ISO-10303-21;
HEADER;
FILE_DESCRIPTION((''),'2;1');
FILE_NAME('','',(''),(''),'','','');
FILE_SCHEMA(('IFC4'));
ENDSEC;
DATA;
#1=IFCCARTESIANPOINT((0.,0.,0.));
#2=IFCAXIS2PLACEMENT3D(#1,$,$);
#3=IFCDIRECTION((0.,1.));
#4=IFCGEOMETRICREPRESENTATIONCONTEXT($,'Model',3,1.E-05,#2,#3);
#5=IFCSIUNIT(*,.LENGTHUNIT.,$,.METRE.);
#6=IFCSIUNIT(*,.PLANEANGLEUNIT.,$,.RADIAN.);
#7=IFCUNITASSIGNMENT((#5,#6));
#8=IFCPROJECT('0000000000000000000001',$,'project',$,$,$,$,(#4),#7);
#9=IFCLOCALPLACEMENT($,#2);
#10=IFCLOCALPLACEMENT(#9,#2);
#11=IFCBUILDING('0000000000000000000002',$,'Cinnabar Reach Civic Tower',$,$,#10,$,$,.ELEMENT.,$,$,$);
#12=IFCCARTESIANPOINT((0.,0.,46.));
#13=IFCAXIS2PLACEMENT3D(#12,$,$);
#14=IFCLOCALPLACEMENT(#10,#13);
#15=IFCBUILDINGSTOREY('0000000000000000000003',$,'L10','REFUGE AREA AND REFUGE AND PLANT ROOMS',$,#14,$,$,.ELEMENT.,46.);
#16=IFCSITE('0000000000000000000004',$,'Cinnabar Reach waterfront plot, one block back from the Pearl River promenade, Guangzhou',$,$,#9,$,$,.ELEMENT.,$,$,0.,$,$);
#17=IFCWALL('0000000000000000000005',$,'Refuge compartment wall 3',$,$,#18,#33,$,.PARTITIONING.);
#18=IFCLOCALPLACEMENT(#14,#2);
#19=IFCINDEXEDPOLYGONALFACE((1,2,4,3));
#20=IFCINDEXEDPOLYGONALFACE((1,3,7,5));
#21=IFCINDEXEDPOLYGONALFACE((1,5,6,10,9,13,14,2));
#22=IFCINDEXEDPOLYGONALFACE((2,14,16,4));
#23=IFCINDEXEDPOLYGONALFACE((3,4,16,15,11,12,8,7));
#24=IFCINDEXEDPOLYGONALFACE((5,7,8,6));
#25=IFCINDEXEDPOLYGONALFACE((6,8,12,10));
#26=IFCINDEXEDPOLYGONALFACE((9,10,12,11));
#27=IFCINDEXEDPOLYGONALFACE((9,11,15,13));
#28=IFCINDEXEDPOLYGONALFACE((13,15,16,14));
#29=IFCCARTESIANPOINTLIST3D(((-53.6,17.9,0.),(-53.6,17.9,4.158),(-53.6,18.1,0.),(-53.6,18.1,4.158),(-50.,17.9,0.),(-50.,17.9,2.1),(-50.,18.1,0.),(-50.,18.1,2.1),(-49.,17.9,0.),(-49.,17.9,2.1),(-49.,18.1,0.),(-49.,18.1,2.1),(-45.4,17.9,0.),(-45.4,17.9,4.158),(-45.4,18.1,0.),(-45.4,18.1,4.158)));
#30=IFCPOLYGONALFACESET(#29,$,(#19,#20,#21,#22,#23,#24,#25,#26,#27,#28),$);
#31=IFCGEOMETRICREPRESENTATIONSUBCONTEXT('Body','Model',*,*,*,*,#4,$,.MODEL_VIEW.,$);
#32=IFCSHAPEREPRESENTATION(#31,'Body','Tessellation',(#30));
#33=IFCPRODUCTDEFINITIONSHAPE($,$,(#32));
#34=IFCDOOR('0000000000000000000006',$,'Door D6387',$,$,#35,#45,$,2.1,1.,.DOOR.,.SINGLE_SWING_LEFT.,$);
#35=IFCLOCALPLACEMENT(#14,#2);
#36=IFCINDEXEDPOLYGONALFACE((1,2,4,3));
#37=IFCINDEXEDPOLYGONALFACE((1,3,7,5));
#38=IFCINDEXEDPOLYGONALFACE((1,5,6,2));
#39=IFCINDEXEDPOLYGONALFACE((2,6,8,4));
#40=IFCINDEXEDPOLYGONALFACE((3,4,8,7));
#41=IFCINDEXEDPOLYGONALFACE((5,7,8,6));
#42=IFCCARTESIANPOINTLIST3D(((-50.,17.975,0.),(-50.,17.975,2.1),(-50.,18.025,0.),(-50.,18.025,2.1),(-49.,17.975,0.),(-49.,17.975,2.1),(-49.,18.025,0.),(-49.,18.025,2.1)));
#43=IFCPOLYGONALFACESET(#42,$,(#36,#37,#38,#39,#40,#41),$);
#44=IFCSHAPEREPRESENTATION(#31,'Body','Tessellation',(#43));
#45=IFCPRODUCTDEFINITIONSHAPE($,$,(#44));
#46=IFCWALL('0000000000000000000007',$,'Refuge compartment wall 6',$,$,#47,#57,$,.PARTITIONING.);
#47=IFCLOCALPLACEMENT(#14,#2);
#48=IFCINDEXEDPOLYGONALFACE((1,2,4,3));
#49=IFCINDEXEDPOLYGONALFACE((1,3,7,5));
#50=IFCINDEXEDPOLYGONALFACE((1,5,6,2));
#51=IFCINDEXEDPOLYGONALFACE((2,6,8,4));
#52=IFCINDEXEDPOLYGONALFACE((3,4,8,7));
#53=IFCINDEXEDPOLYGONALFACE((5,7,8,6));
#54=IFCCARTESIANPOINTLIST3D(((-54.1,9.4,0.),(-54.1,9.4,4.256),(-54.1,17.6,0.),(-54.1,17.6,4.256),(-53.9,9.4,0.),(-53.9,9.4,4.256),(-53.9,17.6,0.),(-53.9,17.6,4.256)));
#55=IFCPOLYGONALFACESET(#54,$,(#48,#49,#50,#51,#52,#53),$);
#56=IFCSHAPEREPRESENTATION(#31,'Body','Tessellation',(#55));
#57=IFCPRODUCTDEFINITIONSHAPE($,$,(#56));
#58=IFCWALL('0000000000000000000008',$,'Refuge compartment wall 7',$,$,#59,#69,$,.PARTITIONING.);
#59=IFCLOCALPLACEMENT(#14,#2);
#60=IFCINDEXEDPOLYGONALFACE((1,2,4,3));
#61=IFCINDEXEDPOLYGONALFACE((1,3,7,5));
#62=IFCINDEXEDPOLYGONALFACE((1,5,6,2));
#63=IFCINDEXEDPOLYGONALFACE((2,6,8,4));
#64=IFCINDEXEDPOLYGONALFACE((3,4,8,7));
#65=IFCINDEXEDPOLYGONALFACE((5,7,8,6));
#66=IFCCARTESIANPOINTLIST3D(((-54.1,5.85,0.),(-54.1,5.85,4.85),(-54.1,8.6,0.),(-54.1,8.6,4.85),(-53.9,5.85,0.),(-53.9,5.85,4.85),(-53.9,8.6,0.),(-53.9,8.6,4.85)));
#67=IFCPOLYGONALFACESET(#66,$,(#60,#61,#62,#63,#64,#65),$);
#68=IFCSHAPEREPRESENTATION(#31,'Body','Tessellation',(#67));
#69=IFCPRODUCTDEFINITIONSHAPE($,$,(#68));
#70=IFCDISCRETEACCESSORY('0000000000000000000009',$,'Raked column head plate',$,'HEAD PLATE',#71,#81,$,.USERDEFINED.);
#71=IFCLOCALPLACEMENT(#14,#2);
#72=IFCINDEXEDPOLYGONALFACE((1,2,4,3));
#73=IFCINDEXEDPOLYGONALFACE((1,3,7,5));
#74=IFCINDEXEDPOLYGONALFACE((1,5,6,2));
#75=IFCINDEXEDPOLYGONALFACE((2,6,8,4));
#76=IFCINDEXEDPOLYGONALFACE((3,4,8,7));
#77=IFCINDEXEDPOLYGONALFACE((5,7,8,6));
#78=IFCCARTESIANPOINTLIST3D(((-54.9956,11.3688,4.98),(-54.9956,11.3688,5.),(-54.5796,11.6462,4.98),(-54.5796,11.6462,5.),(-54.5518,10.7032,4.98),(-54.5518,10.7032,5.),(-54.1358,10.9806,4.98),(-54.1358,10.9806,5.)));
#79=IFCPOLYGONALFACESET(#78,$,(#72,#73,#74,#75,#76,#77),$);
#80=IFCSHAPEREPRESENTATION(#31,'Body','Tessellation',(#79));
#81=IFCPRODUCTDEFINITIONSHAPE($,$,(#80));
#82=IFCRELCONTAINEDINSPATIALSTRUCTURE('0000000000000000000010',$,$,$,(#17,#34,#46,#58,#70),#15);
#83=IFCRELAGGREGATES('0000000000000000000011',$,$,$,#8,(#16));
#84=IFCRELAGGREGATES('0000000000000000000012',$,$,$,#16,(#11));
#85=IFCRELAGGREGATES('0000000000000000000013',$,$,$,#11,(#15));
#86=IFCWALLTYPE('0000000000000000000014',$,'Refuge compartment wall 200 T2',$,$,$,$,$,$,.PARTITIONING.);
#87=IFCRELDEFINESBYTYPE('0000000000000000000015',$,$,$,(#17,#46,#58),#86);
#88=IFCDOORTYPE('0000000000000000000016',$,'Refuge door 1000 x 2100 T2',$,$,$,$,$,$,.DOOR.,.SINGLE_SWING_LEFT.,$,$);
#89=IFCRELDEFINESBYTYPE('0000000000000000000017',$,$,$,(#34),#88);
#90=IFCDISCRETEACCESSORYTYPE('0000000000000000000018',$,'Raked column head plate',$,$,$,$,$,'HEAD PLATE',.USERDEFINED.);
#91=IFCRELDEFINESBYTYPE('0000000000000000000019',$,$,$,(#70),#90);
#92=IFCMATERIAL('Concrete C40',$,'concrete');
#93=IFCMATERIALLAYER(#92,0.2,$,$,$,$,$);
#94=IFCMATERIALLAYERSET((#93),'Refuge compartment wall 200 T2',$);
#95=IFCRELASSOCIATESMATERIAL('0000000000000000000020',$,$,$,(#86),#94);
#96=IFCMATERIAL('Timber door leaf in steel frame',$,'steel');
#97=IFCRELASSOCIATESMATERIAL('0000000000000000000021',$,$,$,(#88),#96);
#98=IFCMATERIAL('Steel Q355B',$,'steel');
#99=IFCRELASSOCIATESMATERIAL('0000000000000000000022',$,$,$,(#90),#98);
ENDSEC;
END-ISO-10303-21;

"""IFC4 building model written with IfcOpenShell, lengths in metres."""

from ifc_helpers import new_model, si_unit, direction, frame, frame_2d, origin, origin_2d, place, context, subcontext, project, spatial, rectangle, extrude, material, layer, layer_set, type_object, element, fill, save


model = new_model("IFC4")

# Units and contexts
model_context = context("Model", 3, precision=1e-05, world=origin(), true_north=direction((0.0, 1.0)))
body_context = subcontext(model_context, "Body", "Model", "MODEL_VIEW")
ifc_project = project(units=[si_unit("LENGTHUNIT", "METRE"), si_unit("PLANEANGLEUNIT", "RADIAN")], contexts=[model_context])

# Site, building, storey
site_placement = place(None, origin())
site = spatial("IfcSite", under=ifc_project, at=site_placement, Name="Cinnabar Reach waterfront plot, one block back from the Pearl River promenade, Guangzhou", CompositionType="ELEMENT", RefElevation=0.0)
building_placement = place(site_placement, origin())
building = spatial("IfcBuilding", under=site, at=building_placement, Name="Cinnabar Reach Civic Tower", CompositionType="ELEMENT")
storey_placement = place(building_placement, frame((0.0, 0.0, 46.0)))
storey = spatial("IfcBuildingStorey", under=building, at=storey_placement, Name="L10", Description="REFUGE AREA AND REFUGE AND PLANT ROOMS", CompositionType="ELEMENT", Elevation=46.0)

# Shared definitions
ifc_material_1 = material(Name="Steel Q355B", Category="steel")

# Shared definitions
ifc_material_2 = material(Name="Timber door leaf in steel frame", Category="steel")

# Wall, opening, door
ifc_material_3 = material(Name="Concrete C40", Category="concrete")
ifc_layer_1 = layer(ifc_material_3, 0.2)
ifc_layer_set_1 = layer_set([ifc_layer_1], Name="Refuge compartment wall 200 T2")
wall_type_1 = type_object("IfcWallType", Name="Refuge compartment wall 200 T2", PredefinedType="PARTITIONING", material=ifc_layer_set_1)
wall_1_placement = place(storey_placement, frame((-53.6, 18.0, 0.0), z_axis=(0.0, 0.0, 1.0), x_axis=(1.0, 0.0, 0.0)))
wall_1 = element("IfcWall", 1, at=wall_1_placement, inside=storey, type_object=wall_type_1, Name="Refuge compartment wall 3", PredefinedType="PARTITIONING", context=body_context, shape_type="SweptSolid", body=[
    extrude(rectangle(XDim=8.2, YDim=0.2, at=frame_2d((4.1, 0.0))), origin(), (0.0, 0.0, 1.0), 4.158),
])
opening_1_placement = place(wall_1_placement, frame((3.6, 0.0, 0.0)))
opening_1 = element("IfcOpeningElement", 2, at=opening_1_placement, cuts=wall_1, PredefinedType="OPENING", context=body_context, shape_type="SweptSolid", body=[
    extrude(rectangle(XDim=1.0, YDim=2.1, at=frame_2d((0.5, 1.05))), frame((0.0, 0.11, 0.0), z_axis=(0.0, -1.0, 0.0), x_axis=(1.0, 0.0, 0.0)), (0.0, 0.0, 1.0), 0.22),
])
door_type_1 = type_object("IfcDoorType", Name="Refuge door 1000 x 2100 T2", OperationType="SINGLE_SWING_LEFT", PredefinedType="DOOR", material=ifc_material_2)
door_1_placement = place(opening_1_placement, origin())
door_1 = element("IfcDoor", 3, at=door_1_placement, inside=storey, type_object=door_type_1, Name="Door D6387", OperationType="SINGLE_SWING_LEFT", OverallHeight=2.1, OverallWidth=1.0, PredefinedType="DOOR", context=body_context, shape_type="SweptSolid", body=[
    extrude(rectangle(XDim=1.0, YDim=2.1, at=frame_2d((0.5, 1.05))), frame((0.0, 0.025, 0.0), z_axis=(0.0, -1.0, 0.0), x_axis=(1.0, 0.0, 0.0)), (0.0, 0.0, 1.0), 0.05),
])
fill(opening_1, door_1)

# Walls
wall_2_placement = place(storey_placement, frame((-54.0, 9.4, 0.0), z_axis=(0.0, 0.0, 1.0), x_axis=(0.0, 1.0, 0.0)))
element("IfcWall", 4, at=wall_2_placement, inside=storey, type_object=wall_type_1, Name="Refuge compartment wall 6", PredefinedType="PARTITIONING", context=body_context, shape_type="SweptSolid", body=[
    extrude(rectangle(XDim=8.2, YDim=0.2, at=frame_2d((4.1, 0.0))), origin(), (0.0, 0.0, 1.0), 4.256),
])
wall_3_placement = place(storey_placement, frame((-54.0, 5.85, 0.0), z_axis=(0.0, 0.0, 1.0), x_axis=(0.0, 1.0, 0.0)))
element("IfcWall", 5, at=wall_3_placement, inside=storey, type_object=wall_type_1, Name="Refuge compartment wall 7", PredefinedType="PARTITIONING", context=body_context, shape_type="SweptSolid", body=[
    extrude(rectangle(XDim=2.75, YDim=0.2, at=frame_2d((1.375, 0.0))), origin(), (0.0, 0.0, 1.0), 4.85),
])

# Discrete accessory
discrete_accessory_type = type_object("IfcDiscreteAccessoryType", Name="Raked column head plate", ElementType="HEAD PLATE", PredefinedType="USERDEFINED", material=ifc_material_1)
discrete_accessory_placement = place(storey_placement, frame((-54.5657, 11.1747, 4.98), z_axis=(0.0, 0.0, 1.0), x_axis=(0.832051, 0.554699, 0.0)))
element("IfcDiscreteAccessory", 6, at=discrete_accessory_placement, inside=storey, type_object=discrete_accessory_type, Name="Raked column head plate", ObjectType="HEAD PLATE", PredefinedType="USERDEFINED", context=body_context, shape_type="SweptSolid", body=[
    extrude(rectangle(XDim=0.5, YDim=0.8, at=origin_2d()), origin(), (0.0, 0.0, 1.0), 0.02),
])

save(model, "model.ifc")
